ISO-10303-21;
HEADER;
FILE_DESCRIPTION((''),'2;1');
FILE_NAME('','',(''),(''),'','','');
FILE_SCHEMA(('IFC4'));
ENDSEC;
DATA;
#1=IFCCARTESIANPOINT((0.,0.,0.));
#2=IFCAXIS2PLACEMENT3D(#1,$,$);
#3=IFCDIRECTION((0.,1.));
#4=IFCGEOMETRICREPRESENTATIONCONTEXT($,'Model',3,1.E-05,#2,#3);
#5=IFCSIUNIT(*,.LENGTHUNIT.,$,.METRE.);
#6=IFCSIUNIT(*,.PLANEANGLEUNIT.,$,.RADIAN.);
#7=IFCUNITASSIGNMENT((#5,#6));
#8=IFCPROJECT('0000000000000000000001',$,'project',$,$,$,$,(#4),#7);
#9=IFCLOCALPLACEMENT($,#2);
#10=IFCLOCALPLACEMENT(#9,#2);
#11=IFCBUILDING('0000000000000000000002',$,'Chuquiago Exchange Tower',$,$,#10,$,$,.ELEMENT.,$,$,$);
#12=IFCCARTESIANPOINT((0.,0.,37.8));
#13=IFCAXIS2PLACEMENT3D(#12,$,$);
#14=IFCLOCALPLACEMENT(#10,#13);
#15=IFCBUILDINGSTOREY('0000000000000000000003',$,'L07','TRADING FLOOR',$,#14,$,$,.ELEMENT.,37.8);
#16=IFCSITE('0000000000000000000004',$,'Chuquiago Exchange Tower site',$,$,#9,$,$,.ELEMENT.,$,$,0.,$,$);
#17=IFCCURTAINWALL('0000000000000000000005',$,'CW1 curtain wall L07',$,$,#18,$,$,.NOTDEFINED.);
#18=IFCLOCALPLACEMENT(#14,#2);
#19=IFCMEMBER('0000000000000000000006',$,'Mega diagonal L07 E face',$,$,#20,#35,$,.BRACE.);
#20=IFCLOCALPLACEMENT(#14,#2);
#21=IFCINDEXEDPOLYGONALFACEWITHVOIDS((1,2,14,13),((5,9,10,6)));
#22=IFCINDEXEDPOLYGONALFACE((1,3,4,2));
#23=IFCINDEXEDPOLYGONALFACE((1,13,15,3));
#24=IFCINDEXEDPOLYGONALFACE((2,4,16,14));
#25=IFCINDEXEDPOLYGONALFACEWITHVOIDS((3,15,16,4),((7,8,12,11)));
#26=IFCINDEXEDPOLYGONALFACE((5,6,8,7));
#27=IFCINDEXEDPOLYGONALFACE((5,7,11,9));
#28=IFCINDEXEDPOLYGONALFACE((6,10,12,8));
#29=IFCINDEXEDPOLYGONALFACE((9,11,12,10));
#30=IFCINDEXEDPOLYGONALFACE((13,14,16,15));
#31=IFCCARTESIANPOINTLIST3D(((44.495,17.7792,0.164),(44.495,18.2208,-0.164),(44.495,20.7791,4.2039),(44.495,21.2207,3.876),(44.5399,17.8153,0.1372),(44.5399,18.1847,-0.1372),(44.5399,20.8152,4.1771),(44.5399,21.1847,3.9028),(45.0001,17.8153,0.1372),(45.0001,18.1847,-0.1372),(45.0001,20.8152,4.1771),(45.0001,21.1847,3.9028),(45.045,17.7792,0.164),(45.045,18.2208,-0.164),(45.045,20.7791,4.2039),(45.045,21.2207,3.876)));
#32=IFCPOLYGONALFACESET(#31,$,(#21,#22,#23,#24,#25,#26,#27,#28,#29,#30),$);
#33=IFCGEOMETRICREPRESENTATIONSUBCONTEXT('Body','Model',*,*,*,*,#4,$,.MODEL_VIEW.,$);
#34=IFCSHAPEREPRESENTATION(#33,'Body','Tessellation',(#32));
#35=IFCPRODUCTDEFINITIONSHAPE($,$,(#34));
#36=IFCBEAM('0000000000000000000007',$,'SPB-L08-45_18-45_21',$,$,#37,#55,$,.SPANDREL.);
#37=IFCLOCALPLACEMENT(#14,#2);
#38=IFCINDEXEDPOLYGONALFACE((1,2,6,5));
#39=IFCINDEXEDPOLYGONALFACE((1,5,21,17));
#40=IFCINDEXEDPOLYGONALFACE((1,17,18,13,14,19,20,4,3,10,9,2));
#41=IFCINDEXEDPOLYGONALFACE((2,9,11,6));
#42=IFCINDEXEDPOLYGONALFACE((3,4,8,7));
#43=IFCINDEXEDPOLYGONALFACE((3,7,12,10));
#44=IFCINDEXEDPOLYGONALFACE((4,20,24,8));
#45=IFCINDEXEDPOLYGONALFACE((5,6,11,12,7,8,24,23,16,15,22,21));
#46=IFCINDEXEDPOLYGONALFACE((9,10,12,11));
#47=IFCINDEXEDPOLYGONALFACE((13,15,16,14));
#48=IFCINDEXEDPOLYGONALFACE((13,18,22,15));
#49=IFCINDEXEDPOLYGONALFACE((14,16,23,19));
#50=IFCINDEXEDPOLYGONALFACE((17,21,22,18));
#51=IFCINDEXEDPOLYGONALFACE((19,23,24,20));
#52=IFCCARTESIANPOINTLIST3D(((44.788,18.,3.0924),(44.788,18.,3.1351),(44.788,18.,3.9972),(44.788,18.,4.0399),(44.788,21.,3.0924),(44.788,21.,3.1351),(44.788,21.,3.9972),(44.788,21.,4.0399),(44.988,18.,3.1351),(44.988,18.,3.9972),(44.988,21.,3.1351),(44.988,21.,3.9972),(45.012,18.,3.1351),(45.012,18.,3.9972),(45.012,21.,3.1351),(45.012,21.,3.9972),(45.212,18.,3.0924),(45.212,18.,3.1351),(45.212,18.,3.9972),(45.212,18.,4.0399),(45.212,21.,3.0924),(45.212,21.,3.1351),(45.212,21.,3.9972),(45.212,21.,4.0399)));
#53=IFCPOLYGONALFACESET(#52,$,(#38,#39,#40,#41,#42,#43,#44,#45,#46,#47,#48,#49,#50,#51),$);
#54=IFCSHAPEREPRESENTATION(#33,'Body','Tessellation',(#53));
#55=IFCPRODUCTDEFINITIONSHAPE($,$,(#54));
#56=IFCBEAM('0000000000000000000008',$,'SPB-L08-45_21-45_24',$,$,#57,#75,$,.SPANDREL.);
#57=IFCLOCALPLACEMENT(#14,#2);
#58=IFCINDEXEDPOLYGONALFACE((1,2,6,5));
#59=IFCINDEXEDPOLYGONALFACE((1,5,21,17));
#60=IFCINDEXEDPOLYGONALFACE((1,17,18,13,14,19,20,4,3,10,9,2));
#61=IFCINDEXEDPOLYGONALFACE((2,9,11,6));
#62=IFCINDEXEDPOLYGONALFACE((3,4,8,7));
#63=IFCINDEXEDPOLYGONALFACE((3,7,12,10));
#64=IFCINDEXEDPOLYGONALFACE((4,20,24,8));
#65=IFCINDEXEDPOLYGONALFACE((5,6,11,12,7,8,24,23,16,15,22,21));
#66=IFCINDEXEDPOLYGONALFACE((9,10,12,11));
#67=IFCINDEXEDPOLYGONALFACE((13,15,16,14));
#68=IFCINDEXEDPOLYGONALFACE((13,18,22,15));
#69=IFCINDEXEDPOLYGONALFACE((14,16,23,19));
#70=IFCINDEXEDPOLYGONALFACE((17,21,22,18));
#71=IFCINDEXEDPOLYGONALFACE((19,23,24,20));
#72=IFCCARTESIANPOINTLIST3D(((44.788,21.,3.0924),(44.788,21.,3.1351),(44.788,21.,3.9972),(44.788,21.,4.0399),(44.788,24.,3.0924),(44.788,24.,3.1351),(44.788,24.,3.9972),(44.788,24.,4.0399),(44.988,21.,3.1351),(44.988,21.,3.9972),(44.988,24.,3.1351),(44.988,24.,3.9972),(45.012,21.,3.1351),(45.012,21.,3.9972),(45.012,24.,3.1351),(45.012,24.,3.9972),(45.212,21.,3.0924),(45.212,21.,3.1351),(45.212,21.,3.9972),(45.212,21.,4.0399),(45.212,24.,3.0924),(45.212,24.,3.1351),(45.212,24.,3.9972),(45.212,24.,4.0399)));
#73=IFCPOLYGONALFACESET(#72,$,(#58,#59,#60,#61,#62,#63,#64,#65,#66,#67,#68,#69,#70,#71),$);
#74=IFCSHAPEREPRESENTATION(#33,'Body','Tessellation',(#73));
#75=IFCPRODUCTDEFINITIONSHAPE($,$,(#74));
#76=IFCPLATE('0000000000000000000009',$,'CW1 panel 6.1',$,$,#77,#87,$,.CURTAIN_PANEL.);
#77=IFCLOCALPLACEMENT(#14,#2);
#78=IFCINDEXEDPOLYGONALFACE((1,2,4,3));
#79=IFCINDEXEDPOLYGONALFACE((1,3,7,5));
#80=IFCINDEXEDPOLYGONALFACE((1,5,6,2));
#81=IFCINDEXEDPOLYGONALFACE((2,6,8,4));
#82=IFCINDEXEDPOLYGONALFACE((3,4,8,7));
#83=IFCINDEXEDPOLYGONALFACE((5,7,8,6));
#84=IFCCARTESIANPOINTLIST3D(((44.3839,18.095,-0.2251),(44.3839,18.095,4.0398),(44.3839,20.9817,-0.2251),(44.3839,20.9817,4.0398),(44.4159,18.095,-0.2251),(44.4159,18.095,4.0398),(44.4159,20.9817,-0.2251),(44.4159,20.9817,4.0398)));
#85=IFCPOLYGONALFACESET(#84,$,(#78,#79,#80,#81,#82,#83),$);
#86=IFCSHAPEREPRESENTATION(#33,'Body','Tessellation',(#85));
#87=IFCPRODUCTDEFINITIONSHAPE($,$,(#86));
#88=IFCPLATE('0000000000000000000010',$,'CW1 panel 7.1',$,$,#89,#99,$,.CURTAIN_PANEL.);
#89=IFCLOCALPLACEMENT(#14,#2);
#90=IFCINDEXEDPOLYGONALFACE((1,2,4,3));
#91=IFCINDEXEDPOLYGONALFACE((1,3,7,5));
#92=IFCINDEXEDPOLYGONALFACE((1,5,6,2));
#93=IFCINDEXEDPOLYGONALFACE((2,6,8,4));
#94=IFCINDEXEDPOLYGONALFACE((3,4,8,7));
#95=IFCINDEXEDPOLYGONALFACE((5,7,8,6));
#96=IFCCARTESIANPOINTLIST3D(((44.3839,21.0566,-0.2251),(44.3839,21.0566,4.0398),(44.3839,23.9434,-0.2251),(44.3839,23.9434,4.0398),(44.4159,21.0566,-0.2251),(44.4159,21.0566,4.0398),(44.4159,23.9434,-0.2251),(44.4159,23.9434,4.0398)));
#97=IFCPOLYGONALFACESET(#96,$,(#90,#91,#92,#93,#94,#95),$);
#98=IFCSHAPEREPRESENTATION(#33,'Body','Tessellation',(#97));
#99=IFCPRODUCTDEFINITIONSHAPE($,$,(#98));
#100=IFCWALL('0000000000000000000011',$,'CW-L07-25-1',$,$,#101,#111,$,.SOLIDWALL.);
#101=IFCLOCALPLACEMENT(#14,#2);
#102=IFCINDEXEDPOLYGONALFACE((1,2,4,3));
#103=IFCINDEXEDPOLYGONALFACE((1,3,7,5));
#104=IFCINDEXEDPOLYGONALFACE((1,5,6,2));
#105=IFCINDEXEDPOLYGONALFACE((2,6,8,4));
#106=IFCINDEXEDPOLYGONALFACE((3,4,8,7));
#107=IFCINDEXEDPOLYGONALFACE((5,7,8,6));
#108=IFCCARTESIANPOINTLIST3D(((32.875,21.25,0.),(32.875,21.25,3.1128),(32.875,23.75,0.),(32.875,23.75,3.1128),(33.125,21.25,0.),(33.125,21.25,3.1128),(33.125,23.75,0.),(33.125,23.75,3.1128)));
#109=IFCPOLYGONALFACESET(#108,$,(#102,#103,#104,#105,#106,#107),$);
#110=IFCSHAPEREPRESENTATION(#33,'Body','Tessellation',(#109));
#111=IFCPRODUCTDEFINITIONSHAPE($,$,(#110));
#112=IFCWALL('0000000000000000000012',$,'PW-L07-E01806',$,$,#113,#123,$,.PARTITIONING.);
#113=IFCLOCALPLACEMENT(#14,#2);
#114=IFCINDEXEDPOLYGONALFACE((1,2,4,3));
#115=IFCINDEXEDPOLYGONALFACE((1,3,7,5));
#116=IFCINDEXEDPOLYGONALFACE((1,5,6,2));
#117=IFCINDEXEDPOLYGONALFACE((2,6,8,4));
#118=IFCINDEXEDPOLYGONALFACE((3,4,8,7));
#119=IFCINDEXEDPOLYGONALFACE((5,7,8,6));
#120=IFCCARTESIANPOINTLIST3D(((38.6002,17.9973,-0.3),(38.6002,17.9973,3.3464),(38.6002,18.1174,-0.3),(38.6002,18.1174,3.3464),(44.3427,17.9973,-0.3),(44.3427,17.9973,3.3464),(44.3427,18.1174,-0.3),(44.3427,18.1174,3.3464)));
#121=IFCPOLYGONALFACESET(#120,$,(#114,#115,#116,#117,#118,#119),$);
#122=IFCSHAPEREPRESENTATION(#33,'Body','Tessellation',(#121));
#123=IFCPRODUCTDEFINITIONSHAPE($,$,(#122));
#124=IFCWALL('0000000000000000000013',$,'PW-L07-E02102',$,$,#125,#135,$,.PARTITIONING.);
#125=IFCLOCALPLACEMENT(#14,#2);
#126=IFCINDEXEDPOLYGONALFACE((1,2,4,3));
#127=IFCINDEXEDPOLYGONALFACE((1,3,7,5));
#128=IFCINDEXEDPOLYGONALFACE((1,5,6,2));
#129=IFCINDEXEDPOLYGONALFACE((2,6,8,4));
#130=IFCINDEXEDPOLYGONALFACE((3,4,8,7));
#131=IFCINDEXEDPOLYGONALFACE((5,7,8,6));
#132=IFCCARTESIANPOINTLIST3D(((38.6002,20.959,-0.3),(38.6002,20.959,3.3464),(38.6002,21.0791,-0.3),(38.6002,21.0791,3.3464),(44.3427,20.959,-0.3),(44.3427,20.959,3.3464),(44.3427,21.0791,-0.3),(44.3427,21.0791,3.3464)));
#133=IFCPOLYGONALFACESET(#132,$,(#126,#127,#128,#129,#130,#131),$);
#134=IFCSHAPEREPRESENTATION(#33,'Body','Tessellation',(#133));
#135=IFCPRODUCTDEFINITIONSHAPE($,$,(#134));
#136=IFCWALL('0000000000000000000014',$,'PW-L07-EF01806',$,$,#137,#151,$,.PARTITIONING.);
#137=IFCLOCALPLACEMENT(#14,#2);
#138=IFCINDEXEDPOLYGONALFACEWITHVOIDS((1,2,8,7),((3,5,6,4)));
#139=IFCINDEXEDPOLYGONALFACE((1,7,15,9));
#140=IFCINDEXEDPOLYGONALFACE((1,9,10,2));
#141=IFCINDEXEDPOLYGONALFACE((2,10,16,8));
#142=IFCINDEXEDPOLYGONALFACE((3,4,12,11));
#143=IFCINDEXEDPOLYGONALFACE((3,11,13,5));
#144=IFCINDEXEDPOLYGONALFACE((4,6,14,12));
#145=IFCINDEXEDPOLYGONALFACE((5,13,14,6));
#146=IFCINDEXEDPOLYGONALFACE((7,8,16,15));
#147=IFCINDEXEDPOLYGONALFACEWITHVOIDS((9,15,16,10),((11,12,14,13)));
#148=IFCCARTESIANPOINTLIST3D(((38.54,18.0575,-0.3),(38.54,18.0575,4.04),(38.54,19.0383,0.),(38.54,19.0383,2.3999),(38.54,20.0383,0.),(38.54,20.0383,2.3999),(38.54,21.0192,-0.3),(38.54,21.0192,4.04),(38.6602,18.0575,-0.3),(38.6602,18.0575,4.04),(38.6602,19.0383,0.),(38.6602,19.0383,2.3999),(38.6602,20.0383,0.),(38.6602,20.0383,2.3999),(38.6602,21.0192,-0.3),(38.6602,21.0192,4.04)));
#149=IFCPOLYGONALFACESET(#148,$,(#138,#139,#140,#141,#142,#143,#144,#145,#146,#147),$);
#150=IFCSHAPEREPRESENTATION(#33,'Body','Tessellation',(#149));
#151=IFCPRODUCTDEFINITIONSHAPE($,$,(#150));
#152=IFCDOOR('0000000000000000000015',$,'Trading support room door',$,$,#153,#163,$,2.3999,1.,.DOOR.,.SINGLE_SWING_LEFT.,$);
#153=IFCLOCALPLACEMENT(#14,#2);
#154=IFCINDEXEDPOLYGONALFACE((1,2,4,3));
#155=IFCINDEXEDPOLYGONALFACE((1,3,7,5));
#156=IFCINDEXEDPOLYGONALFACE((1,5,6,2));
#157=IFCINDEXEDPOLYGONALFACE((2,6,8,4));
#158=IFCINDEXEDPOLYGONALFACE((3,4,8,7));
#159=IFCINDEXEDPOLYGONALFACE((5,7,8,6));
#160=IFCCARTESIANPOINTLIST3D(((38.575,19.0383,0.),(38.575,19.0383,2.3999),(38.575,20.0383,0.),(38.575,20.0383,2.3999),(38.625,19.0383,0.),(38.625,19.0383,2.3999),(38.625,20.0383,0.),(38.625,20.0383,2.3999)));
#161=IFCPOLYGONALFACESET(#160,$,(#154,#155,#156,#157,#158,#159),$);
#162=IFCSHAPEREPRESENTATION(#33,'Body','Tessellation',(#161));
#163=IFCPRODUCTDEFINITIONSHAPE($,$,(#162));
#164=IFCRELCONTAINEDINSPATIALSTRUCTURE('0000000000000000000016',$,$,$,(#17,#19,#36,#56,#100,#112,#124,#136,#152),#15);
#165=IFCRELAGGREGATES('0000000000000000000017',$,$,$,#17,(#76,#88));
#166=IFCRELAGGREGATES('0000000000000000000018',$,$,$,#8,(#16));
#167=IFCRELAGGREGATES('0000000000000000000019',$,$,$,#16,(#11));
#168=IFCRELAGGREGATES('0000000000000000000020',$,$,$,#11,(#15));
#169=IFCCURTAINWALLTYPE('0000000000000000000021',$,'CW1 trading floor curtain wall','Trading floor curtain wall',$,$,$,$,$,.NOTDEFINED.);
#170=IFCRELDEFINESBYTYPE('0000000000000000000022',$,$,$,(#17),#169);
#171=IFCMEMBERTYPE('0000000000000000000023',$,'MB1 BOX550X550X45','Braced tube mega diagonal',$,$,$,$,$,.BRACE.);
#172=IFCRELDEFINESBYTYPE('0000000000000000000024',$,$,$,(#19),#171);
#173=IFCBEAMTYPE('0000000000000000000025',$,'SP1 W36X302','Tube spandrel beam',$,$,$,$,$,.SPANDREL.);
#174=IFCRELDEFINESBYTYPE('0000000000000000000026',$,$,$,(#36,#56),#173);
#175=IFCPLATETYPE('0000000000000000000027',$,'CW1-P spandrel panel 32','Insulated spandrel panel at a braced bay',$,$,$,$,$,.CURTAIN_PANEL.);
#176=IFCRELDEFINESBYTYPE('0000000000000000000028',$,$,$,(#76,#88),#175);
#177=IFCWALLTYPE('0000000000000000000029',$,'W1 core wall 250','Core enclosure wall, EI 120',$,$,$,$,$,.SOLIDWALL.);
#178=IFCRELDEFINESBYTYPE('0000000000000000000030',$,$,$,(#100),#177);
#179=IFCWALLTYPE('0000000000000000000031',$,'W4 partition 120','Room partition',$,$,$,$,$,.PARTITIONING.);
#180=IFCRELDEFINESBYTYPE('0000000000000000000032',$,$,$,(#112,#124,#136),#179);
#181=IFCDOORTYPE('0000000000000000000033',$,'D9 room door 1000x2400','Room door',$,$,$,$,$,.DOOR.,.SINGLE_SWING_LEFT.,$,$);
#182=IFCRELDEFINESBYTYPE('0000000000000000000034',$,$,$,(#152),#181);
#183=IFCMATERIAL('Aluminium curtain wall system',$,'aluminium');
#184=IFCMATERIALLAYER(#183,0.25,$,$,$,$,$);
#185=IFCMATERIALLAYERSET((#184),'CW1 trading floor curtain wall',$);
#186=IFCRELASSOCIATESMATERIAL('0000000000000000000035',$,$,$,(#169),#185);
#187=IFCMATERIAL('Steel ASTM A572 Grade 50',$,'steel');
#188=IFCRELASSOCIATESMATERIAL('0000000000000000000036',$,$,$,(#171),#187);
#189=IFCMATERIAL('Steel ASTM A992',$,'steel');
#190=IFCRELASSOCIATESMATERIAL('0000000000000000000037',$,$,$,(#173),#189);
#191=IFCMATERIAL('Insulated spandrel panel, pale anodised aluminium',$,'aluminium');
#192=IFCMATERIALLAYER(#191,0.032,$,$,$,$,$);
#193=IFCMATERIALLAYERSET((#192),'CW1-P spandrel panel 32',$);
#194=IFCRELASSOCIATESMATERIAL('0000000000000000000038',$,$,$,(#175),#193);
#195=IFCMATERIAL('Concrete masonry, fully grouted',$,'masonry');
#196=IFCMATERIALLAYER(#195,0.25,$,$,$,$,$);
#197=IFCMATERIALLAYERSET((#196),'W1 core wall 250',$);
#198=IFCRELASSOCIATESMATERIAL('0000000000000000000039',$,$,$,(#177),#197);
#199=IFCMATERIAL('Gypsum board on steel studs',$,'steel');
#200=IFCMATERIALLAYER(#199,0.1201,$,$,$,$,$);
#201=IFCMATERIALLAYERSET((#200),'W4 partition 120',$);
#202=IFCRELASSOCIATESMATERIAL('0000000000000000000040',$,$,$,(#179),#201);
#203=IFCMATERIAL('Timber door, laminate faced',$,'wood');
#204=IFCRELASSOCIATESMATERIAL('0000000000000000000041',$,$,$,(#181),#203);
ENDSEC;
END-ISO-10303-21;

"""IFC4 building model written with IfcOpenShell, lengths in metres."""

from ifc_helpers import new_model, si_unit, direction, frame, frame_2d, origin, origin_2d, place, context, subcontext, project, spatial, rectangle, hollow_rectangle, i_section, extrude, material, layer, layer_set, material_profile, profile_set, type_object, element, fill, aggregate, save


model = new_model("IFC4")

# Units and contexts
model_context = context("Model", 3, precision=1e-05, world=origin(), true_north=direction((0.0, 1.0)))
body_context = subcontext(model_context, "Body", "Model", "MODEL_VIEW")
ifc_project = project(units=[si_unit("LENGTHUNIT", "METRE"), si_unit("PLANEANGLEUNIT", "RADIAN")], contexts=[model_context])

# Site, building, storey
site_placement = place(None, origin())
site = spatial("IfcSite", under=ifc_project, at=site_placement, Name="Chuquiago Exchange Tower site", CompositionType="ELEMENT", RefElevation=0.0)
building_placement = place(site_placement, origin())
building = spatial("IfcBuilding", under=site, at=building_placement, Name="Chuquiago Exchange Tower", CompositionType="ELEMENT")
storey_placement = place(building_placement, frame((0.0, 0.0, 37.8)))
storey = spatial("IfcBuildingStorey", under=building, at=storey_placement, Name="L07", Description="TRADING FLOOR", CompositionType="ELEMENT", Elevation=37.8)

# Curtain wall
ifc_material_1 = material(Name="Aluminium curtain wall system", Category="aluminium")
ifc_layer_1 = layer(ifc_material_1, 0.25)
ifc_layer_set_1 = layer_set([ifc_layer_1], Name="CW1 trading floor curtain wall")
curtain_wall_type = type_object("IfcCurtainWallType", Name="CW1 trading floor curtain wall", Description="Trading floor curtain wall", PredefinedType="NOTDEFINED", material=ifc_layer_set_1)
curtain_wall_placement = place(storey_placement, origin())
curtain_wall = element("IfcCurtainWall", 1, at=curtain_wall_placement, inside=storey, type_object=curtain_wall_type, Name="CW1 curtain wall L07", PredefinedType="NOTDEFINED")

# Member
ifc_material_2 = material(Name="Steel ASTM A572 Grade 50", Category="steel")
ifc_material_profile_1 = material_profile(ifc_material_2, hollow_rectangle(XDim=0.55, YDim=0.55, WallThickness=0.0449, at=origin_2d()), Name="BOX550X550X45")
ifc_profile_set_1 = profile_set([ifc_material_profile_1], Name="Steel ASTM A572 Grade 50")
member_type_1 = type_object("IfcMemberType", Name="MB1 BOX550X550X45", Description="Braced tube mega diagonal", PredefinedType="BRACE", material=ifc_profile_set_1)
member_1_placement = place(storey_placement, frame((44.77, 18.0, 0.0), z_axis=(0.0, 0.596174, 0.802855), x_axis=(-1.0, 0.0, 0.0)))
element("IfcMember", 2, at=member_1_placement, inside=storey, type_object=member_type_1, Name="Mega diagonal L07 E face", PredefinedType="BRACE", context=body_context, shape_type="SweptSolid", body=[
    extrude(hollow_rectangle(XDim=0.55, YDim=0.55, WallThickness=0.0449, at=origin_2d()), origin(), (0.0, 0.0, 1.0), 5.032),
])

# Beams
ifc_material_3 = material(Name="Steel ASTM A992", Category="steel")
ifc_material_profile_2 = material_profile(ifc_material_3, i_section(OverallWidth=0.4241, OverallDepth=0.9475, WebThickness=0.0239, FlangeThickness=0.0427, at=origin_2d()), Name="W36X302")
ifc_profile_set_2 = profile_set([ifc_material_profile_2], Name="Steel ASTM A992")
beam_type_1 = type_object("IfcBeamType", Name="SP1 W36X302", Description="Tube spandrel beam", PredefinedType="SPANDREL", material=ifc_profile_set_2)
for number, where, z_axis, x_axis, name in (
    (3, (45.0, 18.0, 3.5662), (0.0, 1.0, 0.0), (-1.0, 0.0, 0.0), "SPB-L08-45_18-45_21"),
    (4, (45.0, 21.0, 3.5662), (0.0, 1.0, 0.0), (-1.0, 0.0, 0.0), "SPB-L08-45_21-45_24"),
):
    element("IfcBeam", number, at=place(storey_placement, frame(where, z_axis=z_axis, x_axis=x_axis)), inside=storey, type_object=beam_type_1, Name=name, PredefinedType="SPANDREL", context=body_context, shape_type="SweptSolid", body=[
        extrude(i_section(OverallWidth=0.4241, OverallDepth=0.9475, WebThickness=0.0239, FlangeThickness=0.0427, at=origin_2d()), origin(), (0.0, 0.0, 1.0), 3.0),
    ])

# Plates
ifc_material_4 = material(Name="Insulated spandrel panel, pale anodised aluminium", Category="aluminium")
ifc_layer_2 = layer(ifc_material_4, 0.032)
ifc_layer_set_2 = layer_set([ifc_layer_2], Name="CW1-P spandrel panel 32")
plate_type = type_object("IfcPlateType", Name="CW1-P spandrel panel 32", Description="Insulated spandrel panel at a braced bay", PredefinedType="CURTAIN_PANEL", material=ifc_layer_set_2)
plate_1_placement = place(storey_placement, frame((44.3999, 19.5383, -0.2251), z_axis=(0.0, 0.0, 1.0), x_axis=(0.0, 1.0, 0.0)))
plate_1 = element("IfcPlate", 5, at=plate_1_placement, type_object=plate_type, Name="CW1 panel 6.1", PredefinedType="CURTAIN_PANEL", context=body_context, shape_type="SweptSolid", body=[
    extrude(rectangle(XDim=2.8867, YDim=0.032, at=origin_2d()), origin(), (0.0, 0.0, 1.0), 4.2649),
])
plate_2_placement = place(storey_placement, frame((44.3999, 22.5, -0.2251), z_axis=(0.0, 0.0, 1.0), x_axis=(0.0, 1.0, 0.0)))
plate_2 = element("IfcPlate", 6, at=plate_2_placement, type_object=plate_type, Name="CW1 panel 7.1", PredefinedType="CURTAIN_PANEL", context=body_context, shape_type="SweptSolid", body=[
    extrude(rectangle(XDim=2.8867, YDim=0.032, at=origin_2d()), origin(), (0.0, 0.0, 1.0), 4.2649),
])
aggregate(curtain_wall, [plate_1, plate_2])

# Walls
ifc_material_5 = material(Name="Concrete masonry, fully grouted", Category="masonry")
ifc_layer_3 = layer(ifc_material_5, 0.25)
ifc_layer_set_3 = layer_set([ifc_layer_3], Name="W1 core wall 250")
wall_type_1 = type_object("IfcWallType", Name="W1 core wall 250", Description="Core enclosure wall, EI 120", PredefinedType="SOLIDWALL", material=ifc_layer_set_3)
wall_1_placement = place(storey_placement, frame((33.0, 21.25, 0.0), z_axis=(0.0, 0.0, 1.0), x_axis=(0.0, 1.0, 0.0)))
element("IfcWall", 7, at=wall_1_placement, inside=storey, type_object=wall_type_1, Name="CW-L07-25-1", PredefinedType="SOLIDWALL", context=body_context, shape_type="SweptSolid", body=[
    extrude(rectangle(XDim=2.5, YDim=0.25, at=frame_2d((1.25, 0.0))), origin(), (0.0, 0.0, 1.0), 3.1128),
])
ifc_material_6 = material(Name="Gypsum board on steel studs", Category="steel")
ifc_layer_4 = layer(ifc_material_6, 0.1201)
ifc_layer_set_4 = layer_set([ifc_layer_4], Name="W4 partition 120")
wall_type_2 = type_object("IfcWallType", Name="W4 partition 120", Description="Room partition", PredefinedType="PARTITIONING", material=ifc_layer_set_4)
for number, where, z_axis, x_axis, name in (
    (8, (44.3425, 18.0574, -0.3), (0.0, 0.0, 1.0), (-1.0, 0.0, 0.0), "PW-L07-E01806"),
    (9, (44.3425, 21.019, -0.3), (0.0, 0.0, 1.0), (-1.0, 0.0, 0.0), "PW-L07-E02102"),
):
    element("IfcWall", number, at=place(storey_placement, frame(where, z_axis=z_axis, x_axis=x_axis)), inside=storey, type_object=wall_type_2, Name=name, PredefinedType="PARTITIONING", context=body_context, shape_type="SweptSolid", body=[
        extrude(rectangle(XDim=5.7424, YDim=0.1201, at=frame_2d((2.8711, 0.0))), origin(), (0.0, 0.0, 1.0), 3.6465),
    ])

# Wall, opening, door
wall_2_placement = place(storey_placement, frame((38.6001, 18.0574, -0.3), z_axis=(0.0, 0.0, 1.0), x_axis=(0.0, 1.0, 0.0)))
wall_2 = element("IfcWall", 10, at=wall_2_placement, inside=storey, type_object=wall_type_2, Name="PW-L07-EF01806", PredefinedType="PARTITIONING", context=body_context, shape_type="SweptSolid", body=[
    extrude(rectangle(XDim=2.9617, YDim=0.1201, at=frame_2d((1.481, 0.0))), origin(), (0.0, 0.0, 1.0), 4.3401),
])
opening_1_placement = place(wall_2_placement, frame((0.981, 0.0, 0.3)))
opening_1 = element("IfcOpeningElement", 11, at=opening_1_placement, cuts=wall_2, PredefinedType="OPENING", context=body_context, shape_type="SweptSolid", body=[
    extrude(rectangle(XDim=1.0, YDim=2.3999, at=frame_2d((0.5, 1.2))), frame((0.0, 0.0701, 0.0), z_axis=(0.0, -1.0, 0.0), x_axis=(1.0, 0.0, 0.0)), (0.0, 0.0, 1.0), 0.1401),
])
ifc_material_7 = material(Name="Timber door, laminate faced", Category="wood")
door_type = type_object("IfcDoorType", Name="D9 room door 1000x2400", Description="Room door", OperationType="SINGLE_SWING_LEFT", PredefinedType="DOOR", material=ifc_material_7)
door_1_placement = place(opening_1_placement, frame((1.0, 0.0, 0.0), z_axis=(0.0, 0.0, 1.0), x_axis=(-1.0, 0.0, 0.0)))
door_1 = element("IfcDoor", 12, at=door_1_placement, inside=storey, type_object=door_type, Name="Trading support room door", OperationType="SINGLE_SWING_LEFT", OverallHeight=2.3999, OverallWidth=1.0, PredefinedType="DOOR", context=body_context, shape_type="SweptSolid", body=[
    extrude(rectangle(XDim=1.0, YDim=2.3999, at=frame_2d((0.5, 1.2))), frame((0.0, 0.0249, 0.0), z_axis=(0.0, -1.0, 0.0), x_axis=(1.0, 0.0, 0.0)), (0.0, 0.0, 1.0), 0.05),
])
fill(opening_1, door_1)

save(model, "model.ifc")
